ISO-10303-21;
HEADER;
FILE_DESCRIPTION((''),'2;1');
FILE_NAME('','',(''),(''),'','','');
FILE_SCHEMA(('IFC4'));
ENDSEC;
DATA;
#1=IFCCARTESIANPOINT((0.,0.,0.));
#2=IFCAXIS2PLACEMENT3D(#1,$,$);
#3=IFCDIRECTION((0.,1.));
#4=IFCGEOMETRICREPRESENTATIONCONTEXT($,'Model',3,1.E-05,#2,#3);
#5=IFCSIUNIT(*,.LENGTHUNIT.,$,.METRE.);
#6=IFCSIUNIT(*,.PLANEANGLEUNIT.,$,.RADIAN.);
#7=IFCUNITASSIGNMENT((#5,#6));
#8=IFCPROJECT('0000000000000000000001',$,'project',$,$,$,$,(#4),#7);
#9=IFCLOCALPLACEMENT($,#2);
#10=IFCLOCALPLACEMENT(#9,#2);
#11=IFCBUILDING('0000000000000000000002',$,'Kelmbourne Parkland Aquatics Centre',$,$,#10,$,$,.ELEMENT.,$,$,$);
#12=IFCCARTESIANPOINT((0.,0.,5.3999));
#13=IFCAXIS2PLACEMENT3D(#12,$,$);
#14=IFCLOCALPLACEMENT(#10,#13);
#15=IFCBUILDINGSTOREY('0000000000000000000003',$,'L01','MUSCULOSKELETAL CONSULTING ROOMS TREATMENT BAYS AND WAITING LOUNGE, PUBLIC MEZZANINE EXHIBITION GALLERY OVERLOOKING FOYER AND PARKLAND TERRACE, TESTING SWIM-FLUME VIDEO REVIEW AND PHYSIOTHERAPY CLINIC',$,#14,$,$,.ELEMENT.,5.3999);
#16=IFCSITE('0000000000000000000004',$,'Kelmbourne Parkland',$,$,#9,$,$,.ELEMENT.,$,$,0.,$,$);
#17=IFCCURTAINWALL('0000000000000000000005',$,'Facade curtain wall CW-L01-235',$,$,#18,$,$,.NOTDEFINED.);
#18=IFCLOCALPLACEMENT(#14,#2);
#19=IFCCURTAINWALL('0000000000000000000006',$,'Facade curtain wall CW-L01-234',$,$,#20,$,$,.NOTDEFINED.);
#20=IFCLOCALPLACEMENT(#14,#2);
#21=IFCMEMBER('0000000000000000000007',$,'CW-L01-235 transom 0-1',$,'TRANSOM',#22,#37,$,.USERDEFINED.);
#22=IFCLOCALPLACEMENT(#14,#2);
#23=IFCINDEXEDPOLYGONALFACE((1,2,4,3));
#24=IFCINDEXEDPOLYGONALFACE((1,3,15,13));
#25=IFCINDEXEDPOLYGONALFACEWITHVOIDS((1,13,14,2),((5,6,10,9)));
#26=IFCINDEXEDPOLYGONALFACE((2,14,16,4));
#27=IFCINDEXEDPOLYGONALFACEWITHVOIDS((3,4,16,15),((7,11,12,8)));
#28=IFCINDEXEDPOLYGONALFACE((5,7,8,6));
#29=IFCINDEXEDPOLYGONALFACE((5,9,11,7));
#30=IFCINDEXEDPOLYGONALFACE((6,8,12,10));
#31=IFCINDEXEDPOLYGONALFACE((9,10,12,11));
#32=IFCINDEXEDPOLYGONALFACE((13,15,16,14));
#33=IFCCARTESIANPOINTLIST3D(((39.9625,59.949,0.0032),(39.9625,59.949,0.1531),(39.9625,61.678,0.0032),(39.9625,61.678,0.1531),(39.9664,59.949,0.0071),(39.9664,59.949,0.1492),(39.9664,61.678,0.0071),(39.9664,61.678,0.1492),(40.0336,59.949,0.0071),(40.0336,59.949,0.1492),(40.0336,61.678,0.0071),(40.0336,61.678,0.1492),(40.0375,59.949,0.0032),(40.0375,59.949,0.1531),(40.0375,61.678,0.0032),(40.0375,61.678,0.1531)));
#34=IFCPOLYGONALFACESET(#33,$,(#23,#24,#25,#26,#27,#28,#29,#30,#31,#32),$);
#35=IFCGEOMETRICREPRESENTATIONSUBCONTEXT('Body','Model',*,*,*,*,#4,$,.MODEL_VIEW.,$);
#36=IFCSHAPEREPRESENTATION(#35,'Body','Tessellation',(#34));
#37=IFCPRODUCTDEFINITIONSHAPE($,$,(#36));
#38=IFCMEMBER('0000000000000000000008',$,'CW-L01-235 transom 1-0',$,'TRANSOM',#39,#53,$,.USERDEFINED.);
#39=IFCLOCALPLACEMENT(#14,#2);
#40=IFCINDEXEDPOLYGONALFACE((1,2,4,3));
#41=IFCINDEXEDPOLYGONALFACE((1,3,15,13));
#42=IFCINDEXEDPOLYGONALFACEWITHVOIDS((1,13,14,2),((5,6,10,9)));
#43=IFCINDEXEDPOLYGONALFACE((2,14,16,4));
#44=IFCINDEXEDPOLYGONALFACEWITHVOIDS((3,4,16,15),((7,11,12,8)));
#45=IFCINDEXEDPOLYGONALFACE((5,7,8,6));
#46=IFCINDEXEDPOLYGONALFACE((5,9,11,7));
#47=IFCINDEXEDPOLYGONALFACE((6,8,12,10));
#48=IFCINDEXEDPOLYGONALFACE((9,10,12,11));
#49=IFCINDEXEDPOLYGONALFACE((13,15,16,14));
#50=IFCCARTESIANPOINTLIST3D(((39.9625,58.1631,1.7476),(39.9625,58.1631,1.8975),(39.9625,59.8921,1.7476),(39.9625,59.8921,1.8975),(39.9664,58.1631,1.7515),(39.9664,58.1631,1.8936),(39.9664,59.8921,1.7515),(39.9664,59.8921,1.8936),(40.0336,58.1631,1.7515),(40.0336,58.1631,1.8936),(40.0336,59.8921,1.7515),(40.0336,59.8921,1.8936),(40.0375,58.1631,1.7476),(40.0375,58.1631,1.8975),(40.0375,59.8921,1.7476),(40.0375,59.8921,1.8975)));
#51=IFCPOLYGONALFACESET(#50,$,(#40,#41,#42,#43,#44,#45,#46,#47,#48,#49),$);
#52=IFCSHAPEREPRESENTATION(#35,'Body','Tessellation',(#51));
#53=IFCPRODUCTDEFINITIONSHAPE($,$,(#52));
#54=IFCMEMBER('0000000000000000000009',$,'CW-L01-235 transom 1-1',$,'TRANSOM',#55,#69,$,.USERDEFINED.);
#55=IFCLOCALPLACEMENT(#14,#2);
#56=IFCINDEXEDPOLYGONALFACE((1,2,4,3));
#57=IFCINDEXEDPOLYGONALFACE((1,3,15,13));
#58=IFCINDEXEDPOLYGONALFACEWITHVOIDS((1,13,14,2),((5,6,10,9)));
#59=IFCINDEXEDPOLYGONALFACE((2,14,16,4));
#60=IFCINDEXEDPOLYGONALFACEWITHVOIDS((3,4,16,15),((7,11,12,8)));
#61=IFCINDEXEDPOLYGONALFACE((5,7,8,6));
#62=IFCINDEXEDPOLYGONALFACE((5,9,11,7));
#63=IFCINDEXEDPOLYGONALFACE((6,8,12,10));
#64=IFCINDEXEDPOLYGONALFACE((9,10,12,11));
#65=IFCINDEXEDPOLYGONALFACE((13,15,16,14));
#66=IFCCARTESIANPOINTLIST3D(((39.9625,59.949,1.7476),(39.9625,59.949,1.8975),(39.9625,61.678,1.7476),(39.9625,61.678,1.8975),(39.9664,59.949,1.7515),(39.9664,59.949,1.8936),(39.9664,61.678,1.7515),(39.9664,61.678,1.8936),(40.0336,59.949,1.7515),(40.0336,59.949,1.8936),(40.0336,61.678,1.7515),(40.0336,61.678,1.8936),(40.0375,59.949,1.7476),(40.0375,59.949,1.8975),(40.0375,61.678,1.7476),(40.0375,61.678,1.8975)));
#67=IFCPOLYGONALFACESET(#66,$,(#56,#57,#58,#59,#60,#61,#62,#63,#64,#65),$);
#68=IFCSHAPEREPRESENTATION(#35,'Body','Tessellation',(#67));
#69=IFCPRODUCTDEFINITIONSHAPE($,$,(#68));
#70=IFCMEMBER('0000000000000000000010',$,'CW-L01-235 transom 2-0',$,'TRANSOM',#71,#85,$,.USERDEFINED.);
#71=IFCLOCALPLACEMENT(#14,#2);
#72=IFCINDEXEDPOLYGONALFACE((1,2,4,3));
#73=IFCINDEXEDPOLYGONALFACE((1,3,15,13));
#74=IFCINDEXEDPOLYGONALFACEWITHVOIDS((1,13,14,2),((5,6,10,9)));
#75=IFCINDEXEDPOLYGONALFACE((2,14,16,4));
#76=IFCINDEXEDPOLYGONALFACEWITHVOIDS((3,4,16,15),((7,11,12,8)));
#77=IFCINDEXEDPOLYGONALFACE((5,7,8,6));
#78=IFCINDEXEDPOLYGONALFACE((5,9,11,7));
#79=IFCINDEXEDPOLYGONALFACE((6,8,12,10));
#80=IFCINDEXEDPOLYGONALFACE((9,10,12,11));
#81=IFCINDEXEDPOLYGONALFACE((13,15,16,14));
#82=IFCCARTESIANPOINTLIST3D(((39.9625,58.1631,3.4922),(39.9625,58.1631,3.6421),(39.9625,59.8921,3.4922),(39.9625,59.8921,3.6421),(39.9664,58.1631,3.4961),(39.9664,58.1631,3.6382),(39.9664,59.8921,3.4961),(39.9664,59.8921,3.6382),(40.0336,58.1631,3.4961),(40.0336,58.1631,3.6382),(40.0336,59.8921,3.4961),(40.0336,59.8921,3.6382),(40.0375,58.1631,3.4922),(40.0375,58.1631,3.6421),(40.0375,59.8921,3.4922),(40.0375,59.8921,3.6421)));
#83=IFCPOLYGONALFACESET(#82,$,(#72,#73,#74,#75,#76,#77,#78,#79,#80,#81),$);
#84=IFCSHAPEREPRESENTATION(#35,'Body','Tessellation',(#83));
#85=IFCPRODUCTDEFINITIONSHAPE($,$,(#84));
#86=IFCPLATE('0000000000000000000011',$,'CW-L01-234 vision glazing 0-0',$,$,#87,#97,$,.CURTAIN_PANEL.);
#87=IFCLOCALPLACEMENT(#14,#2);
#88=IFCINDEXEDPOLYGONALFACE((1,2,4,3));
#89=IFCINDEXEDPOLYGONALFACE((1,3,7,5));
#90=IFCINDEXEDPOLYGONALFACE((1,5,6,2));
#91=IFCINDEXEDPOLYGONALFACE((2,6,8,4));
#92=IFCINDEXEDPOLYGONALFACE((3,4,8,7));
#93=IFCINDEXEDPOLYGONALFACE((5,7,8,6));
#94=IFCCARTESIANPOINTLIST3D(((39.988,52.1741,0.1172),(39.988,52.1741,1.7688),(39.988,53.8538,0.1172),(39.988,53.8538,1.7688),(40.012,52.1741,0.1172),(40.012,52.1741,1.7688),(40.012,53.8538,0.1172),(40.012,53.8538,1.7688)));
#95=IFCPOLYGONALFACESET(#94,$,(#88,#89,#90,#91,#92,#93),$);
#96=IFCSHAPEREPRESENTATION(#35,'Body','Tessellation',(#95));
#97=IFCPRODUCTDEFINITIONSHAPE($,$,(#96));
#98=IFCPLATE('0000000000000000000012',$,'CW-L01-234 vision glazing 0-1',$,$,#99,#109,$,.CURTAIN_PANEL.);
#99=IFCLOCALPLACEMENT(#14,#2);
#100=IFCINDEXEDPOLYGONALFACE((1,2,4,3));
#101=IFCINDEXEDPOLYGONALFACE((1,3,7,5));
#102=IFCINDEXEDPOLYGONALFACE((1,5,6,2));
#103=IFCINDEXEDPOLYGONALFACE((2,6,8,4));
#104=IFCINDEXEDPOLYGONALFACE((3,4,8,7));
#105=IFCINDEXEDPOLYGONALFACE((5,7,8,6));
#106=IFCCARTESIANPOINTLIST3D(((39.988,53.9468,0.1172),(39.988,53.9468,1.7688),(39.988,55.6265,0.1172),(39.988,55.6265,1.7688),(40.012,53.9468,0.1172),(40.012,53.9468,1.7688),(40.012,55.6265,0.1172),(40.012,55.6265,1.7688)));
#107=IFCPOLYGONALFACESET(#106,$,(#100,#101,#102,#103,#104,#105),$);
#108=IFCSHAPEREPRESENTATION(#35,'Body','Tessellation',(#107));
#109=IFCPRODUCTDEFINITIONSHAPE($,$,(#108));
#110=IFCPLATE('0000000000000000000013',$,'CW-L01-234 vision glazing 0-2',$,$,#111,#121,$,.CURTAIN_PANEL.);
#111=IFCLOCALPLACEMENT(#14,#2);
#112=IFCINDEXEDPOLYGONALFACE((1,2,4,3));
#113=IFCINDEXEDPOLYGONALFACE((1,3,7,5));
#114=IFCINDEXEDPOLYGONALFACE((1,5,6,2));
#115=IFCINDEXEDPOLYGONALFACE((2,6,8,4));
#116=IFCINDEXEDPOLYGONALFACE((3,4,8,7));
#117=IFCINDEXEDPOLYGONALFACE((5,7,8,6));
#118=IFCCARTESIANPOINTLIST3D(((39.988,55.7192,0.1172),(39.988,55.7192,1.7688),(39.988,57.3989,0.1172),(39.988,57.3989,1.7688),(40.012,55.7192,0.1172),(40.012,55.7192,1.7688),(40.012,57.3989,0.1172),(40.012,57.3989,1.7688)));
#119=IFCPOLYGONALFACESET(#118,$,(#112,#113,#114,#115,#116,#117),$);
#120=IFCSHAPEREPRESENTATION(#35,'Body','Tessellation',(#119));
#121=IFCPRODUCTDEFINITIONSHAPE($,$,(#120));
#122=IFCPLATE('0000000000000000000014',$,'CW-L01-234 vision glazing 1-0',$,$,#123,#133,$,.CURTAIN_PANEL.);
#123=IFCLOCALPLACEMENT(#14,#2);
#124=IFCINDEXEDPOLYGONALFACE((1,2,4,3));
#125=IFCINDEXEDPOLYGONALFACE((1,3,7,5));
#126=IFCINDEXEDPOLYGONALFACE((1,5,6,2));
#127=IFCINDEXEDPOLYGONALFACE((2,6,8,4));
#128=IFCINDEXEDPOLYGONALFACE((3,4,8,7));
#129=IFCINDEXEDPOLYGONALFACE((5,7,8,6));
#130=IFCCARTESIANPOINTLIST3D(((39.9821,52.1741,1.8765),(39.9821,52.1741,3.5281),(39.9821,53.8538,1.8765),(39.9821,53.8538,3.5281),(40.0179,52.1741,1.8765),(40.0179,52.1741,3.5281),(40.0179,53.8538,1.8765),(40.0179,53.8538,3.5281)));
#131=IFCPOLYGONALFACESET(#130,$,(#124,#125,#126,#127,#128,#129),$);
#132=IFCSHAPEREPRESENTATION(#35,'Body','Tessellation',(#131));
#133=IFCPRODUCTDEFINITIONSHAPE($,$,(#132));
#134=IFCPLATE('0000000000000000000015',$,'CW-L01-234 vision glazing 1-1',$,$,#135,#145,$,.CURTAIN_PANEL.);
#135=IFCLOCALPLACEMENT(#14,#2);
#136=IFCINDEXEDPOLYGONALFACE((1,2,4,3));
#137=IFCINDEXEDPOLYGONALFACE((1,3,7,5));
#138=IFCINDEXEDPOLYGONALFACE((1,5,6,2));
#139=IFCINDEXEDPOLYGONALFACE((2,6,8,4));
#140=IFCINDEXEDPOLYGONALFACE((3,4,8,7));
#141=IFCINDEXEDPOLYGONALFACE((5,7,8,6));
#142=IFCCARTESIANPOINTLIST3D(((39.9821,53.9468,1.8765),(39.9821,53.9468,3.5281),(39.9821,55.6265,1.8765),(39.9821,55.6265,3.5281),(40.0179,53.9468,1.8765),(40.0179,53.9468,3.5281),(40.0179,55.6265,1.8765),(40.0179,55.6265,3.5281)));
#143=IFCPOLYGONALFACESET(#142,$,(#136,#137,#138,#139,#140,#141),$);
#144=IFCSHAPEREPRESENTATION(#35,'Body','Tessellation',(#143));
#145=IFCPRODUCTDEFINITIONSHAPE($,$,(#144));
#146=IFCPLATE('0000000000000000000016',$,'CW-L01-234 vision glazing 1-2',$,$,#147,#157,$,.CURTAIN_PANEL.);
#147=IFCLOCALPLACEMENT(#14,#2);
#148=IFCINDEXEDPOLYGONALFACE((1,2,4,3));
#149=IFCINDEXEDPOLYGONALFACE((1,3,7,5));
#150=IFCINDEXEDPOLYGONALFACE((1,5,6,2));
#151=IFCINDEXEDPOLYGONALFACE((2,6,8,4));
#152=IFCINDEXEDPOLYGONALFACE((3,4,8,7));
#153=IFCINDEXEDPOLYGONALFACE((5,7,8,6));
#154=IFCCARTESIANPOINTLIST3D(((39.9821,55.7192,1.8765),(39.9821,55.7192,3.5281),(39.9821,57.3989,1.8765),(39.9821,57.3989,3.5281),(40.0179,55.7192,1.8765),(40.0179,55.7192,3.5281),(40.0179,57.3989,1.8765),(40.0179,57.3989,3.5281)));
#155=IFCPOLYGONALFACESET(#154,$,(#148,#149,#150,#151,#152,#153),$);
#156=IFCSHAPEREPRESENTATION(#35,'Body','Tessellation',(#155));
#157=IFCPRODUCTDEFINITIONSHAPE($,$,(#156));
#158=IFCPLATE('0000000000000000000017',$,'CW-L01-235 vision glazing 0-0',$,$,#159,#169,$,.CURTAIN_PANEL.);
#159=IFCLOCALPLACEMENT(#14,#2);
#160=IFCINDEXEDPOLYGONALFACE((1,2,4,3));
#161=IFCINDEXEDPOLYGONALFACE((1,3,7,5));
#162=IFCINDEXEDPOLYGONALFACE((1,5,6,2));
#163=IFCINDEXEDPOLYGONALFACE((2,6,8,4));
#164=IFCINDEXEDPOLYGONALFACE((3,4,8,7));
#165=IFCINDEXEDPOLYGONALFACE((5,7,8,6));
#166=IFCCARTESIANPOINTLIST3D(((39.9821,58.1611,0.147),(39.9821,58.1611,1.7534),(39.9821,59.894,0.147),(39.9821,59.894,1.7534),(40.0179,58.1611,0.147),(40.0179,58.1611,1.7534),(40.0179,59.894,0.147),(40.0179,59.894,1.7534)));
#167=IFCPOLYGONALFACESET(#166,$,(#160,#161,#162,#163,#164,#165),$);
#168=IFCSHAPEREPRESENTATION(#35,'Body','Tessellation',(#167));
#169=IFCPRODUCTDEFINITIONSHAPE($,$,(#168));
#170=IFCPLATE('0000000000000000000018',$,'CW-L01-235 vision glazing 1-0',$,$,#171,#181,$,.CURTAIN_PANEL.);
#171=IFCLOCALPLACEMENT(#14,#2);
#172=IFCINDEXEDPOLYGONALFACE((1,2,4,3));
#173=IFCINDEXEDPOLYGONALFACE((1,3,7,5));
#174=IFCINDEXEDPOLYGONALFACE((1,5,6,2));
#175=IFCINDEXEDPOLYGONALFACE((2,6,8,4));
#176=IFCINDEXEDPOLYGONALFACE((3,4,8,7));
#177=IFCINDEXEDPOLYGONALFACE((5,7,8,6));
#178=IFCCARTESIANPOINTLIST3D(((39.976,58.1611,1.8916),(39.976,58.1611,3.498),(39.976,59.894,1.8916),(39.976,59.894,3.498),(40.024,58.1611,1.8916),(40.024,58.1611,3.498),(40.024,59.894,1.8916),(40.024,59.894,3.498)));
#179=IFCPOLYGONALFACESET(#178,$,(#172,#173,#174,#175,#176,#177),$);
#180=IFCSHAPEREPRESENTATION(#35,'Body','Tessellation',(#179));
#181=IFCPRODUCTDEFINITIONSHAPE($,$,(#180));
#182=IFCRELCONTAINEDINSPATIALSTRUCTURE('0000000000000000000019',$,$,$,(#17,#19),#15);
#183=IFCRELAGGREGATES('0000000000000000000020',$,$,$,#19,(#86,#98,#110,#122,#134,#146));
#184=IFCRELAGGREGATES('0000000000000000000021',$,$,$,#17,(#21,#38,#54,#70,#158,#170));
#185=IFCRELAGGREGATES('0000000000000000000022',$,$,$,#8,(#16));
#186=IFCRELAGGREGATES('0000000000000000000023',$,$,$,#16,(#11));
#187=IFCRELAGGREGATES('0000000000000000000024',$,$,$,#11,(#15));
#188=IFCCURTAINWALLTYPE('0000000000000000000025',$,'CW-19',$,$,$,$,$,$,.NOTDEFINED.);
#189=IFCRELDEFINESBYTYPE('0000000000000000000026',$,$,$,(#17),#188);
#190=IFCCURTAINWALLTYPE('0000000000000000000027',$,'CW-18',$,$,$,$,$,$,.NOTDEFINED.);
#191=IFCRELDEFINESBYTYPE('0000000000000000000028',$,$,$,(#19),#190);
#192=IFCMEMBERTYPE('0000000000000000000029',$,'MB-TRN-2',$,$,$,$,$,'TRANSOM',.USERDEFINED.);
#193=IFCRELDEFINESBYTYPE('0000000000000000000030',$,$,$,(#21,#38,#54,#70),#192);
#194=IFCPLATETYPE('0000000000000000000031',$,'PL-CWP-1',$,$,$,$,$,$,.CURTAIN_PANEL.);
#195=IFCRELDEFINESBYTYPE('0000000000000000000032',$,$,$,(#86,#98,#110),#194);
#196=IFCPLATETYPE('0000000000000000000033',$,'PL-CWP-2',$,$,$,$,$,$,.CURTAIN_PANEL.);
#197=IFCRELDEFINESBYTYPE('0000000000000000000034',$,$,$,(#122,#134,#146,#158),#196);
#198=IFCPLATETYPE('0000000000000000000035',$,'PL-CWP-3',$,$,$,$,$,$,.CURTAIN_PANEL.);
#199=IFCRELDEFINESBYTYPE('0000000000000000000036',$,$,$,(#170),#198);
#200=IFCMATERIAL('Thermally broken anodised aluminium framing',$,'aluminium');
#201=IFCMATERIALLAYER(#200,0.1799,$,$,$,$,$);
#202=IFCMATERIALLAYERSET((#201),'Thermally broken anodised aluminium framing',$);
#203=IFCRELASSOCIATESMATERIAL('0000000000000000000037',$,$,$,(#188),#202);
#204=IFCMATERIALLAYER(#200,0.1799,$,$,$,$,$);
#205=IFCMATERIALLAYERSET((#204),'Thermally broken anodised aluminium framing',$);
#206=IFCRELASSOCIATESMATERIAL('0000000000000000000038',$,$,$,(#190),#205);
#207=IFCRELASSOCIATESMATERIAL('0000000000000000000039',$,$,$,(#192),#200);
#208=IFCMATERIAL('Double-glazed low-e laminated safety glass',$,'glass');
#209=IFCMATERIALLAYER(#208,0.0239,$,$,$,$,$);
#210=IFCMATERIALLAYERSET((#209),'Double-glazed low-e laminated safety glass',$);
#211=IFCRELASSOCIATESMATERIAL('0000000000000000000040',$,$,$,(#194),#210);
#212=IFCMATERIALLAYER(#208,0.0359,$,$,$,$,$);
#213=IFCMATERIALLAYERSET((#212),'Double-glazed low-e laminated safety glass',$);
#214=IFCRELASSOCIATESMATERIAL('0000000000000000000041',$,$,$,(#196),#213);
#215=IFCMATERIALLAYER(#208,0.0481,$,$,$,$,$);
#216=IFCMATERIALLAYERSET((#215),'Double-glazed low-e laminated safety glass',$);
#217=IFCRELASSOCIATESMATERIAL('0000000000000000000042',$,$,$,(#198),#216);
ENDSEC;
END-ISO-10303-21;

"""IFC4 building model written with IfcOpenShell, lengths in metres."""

from ifc_helpers import new_model, si_unit, direction, frame, origin, origin_2d, place, context, subcontext, project, spatial, rectangle, hollow_rectangle, extrude, material, layer, layer_set, material_profile, profile_set, type_object, element, aggregate, save


model = new_model("IFC4")

# Units and contexts
model_context = context("Model", 3, precision=1e-05, world=origin(), true_north=direction((0.0, 1.0)))
body_context = subcontext(model_context, "Body", "Model", "MODEL_VIEW")
ifc_project = project(units=[si_unit("LENGTHUNIT", "METRE"), si_unit("PLANEANGLEUNIT", "RADIAN")], contexts=[model_context])

# Site, building, storey
site_placement = place(None, origin())
site = spatial("IfcSite", under=ifc_project, at=site_placement, Name="Kelmbourne Parkland", CompositionType="ELEMENT", RefElevation=0.0)
building_placement = place(site_placement, origin())
building = spatial("IfcBuilding", under=site, at=building_placement, Name="Kelmbourne Parkland Aquatics Centre", CompositionType="ELEMENT")
storey_placement = place(building_placement, frame((0.0, 0.0, 5.3999)))
storey = spatial("IfcBuildingStorey", under=building, at=storey_placement, Name="L01", Description="MUSCULOSKELETAL CONSULTING ROOMS TREATMENT BAYS AND WAITING LOUNGE, PUBLIC MEZZANINE EXHIBITION GALLERY OVERLOOKING FOYER AND PARKLAND TERRACE, TESTING SWIM-FLUME VIDEO REVIEW AND PHYSIOTHERAPY CLINIC", CompositionType="ELEMENT", Elevation=5.3999)

# Curtain walls
ifc_material_1 = material(Name="Thermally broken anodised aluminium framing", Category="aluminium")
ifc_layer_1 = layer(ifc_material_1, 0.1799)
ifc_layer_set_1 = layer_set([ifc_layer_1], Name="Thermally broken anodised aluminium framing")
curtain_wall_type_1 = type_object("IfcCurtainWallType", Name="CW-19", PredefinedType="NOTDEFINED", material=ifc_layer_set_1)
curtain_wall_1_placement = place(storey_placement, origin())
curtain_wall_1 = element("IfcCurtainWall", 1, at=curtain_wall_1_placement, inside=storey, type_object=curtain_wall_type_1, Name="Facade curtain wall CW-L01-235", PredefinedType="NOTDEFINED")
ifc_layer_2 = layer(ifc_material_1, 0.1799)
ifc_layer_set_2 = layer_set([ifc_layer_2], Name="Thermally broken anodised aluminium framing")
curtain_wall_type_2 = type_object("IfcCurtainWallType", Name="CW-18", PredefinedType="NOTDEFINED", material=ifc_layer_set_2)
curtain_wall_2_placement = place(storey_placement, origin())
curtain_wall_2 = element("IfcCurtainWall", 2, at=curtain_wall_2_placement, inside=storey, type_object=curtain_wall_type_2, Name="Facade curtain wall CW-L01-234", PredefinedType="NOTDEFINED")

# Members
ifc_material_profile_1 = material_profile(ifc_material_1, hollow_rectangle(XDim=0.075, YDim=0.1499, WallThickness=0.0039, at=origin_2d()), Name="CW-T 75x150")
ifc_profile_set_1 = profile_set([ifc_material_profile_1], Name="Thermally broken anodised aluminium framing")
member_type_1 = type_object("IfcMemberType", Name="MB-TRN-2", ElementType="TRANSOM", PredefinedType="USERDEFINED", material=ifc_profile_set_1)
member_1_placement = place(storey_placement, frame((40.0, 59.949, 0.0781), z_axis=(0.0, 1.0, 0.0), x_axis=(-1.0, 0.0, 0.0)))
member_1 = element("IfcMember", 3, at=member_1_placement, type_object=member_type_1, Name="CW-L01-235 transom 0-1", ObjectType="TRANSOM", PredefinedType="USERDEFINED", context=body_context, shape_type="SweptSolid", body=[
    extrude(hollow_rectangle(XDim=0.075, YDim=0.1499, WallThickness=0.0039, at=origin_2d()), origin(), (0.0, 0.0, 1.0), 1.729),
])
member_2_placement = place(storey_placement, frame((40.0, 58.1631, 1.8225), z_axis=(0.0, 1.0, 0.0), x_axis=(-1.0, 0.0, 0.0)))
member_2 = element("IfcMember", 4, at=member_2_placement, type_object=member_type_1, Name="CW-L01-235 transom 1-0", ObjectType="TRANSOM", PredefinedType="USERDEFINED", context=body_context, shape_type="SweptSolid", body=[
    extrude(hollow_rectangle(XDim=0.075, YDim=0.1499, WallThickness=0.0039, at=origin_2d()), origin(), (0.0, 0.0, 1.0), 1.729),
])
member_3_placement = place(storey_placement, frame((40.0, 59.949, 1.8225), z_axis=(0.0, 1.0, 0.0), x_axis=(-1.0, 0.0, 0.0)))
member_3 = element("IfcMember", 5, at=member_3_placement, type_object=member_type_1, Name="CW-L01-235 transom 1-1", ObjectType="TRANSOM", PredefinedType="USERDEFINED", context=body_context, shape_type="SweptSolid", body=[
    extrude(hollow_rectangle(XDim=0.075, YDim=0.1499, WallThickness=0.0039, at=origin_2d()), origin(), (0.0, 0.0, 1.0), 1.729),
])
member_4_placement = place(storey_placement, frame((40.0, 58.1631, 3.5671), z_axis=(0.0, 1.0, 0.0), x_axis=(-1.0, 0.0, 0.0)))
member_4 = element("IfcMember", 6, at=member_4_placement, type_object=member_type_1, Name="CW-L01-235 transom 2-0", ObjectType="TRANSOM", PredefinedType="USERDEFINED", context=body_context, shape_type="SweptSolid", body=[
    extrude(hollow_rectangle(XDim=0.075, YDim=0.1499, WallThickness=0.0039, at=origin_2d()), origin(), (0.0, 0.0, 1.0), 1.729),
])

# Plates
ifc_material_2 = material(Name="Double-glazed low-e laminated safety glass", Category="glass")
ifc_layer_3 = layer(ifc_material_2, 0.0239)
ifc_layer_set_3 = layer_set([ifc_layer_3], Name="Double-glazed low-e laminated safety glass")
plate_type_1 = type_object("IfcPlateType", Name="PL-CWP-1", PredefinedType="CURTAIN_PANEL", material=ifc_layer_set_3)
plate_1_placement = place(storey_placement, frame((40.0, 53.0139, 0.1172), z_axis=(0.0, 0.0, 1.0), x_axis=(0.0, 1.0, 0.0)))
plate_1 = element("IfcPlate", 7, at=plate_1_placement, type_object=plate_type_1, Name="CW-L01-234 vision glazing 0-0", PredefinedType="CURTAIN_PANEL", context=body_context, shape_type="SweptSolid", body=[
    extrude(rectangle(XDim=1.6797, YDim=0.0239, at=origin_2d()), origin(), (0.0, 0.0, 1.0), 1.6516),
])
plate_2_placement = place(storey_placement, frame((40.0, 54.7866, 0.1172), z_axis=(0.0, 0.0, 1.0), x_axis=(0.0, 1.0, 0.0)))
plate_2 = element("IfcPlate", 8, at=plate_2_placement, type_object=plate_type_1, Name="CW-L01-234 vision glazing 0-1", PredefinedType="CURTAIN_PANEL", context=body_context, shape_type="SweptSolid", body=[
    extrude(rectangle(XDim=1.6797, YDim=0.0239, at=origin_2d()), origin(), (0.0, 0.0, 1.0), 1.6516),
])
plate_3_placement = place(storey_placement, frame((40.0, 56.5591, 0.1172), z_axis=(0.0, 0.0, 1.0), x_axis=(0.0, 1.0, 0.0)))
plate_3 = element("IfcPlate", 9, at=plate_3_placement, type_object=plate_type_1, Name="CW-L01-234 vision glazing 0-2", PredefinedType="CURTAIN_PANEL", context=body_context, shape_type="SweptSolid", body=[
    extrude(rectangle(XDim=1.6797, YDim=0.0239, at=origin_2d()), origin(), (0.0, 0.0, 1.0), 1.6516),
])
ifc_layer_4 = layer(ifc_material_2, 0.0359)
ifc_layer_set_4 = layer_set([ifc_layer_4], Name="Double-glazed low-e laminated safety glass")
plate_type_2 = type_object("IfcPlateType", Name="PL-CWP-2", PredefinedType="CURTAIN_PANEL", material=ifc_layer_set_4)
plate_4_placement = place(storey_placement, frame((40.0, 53.0139, 1.8765), z_axis=(0.0, 0.0, 1.0), x_axis=(0.0, 1.0, 0.0)))
plate_4 = element("IfcPlate", 10, at=plate_4_placement, type_object=plate_type_2, Name="CW-L01-234 vision glazing 1-0", PredefinedType="CURTAIN_PANEL", context=body_context, shape_type="SweptSolid", body=[
    extrude(rectangle(XDim=1.6797, YDim=0.0359, at=origin_2d()), origin(), (0.0, 0.0, 1.0), 1.6516),
])
plate_5_placement = place(storey_placement, frame((40.0, 54.7866, 1.8765), z_axis=(0.0, 0.0, 1.0), x_axis=(0.0, 1.0, 0.0)))
plate_5 = element("IfcPlate", 11, at=plate_5_placement, type_object=plate_type_2, Name="CW-L01-234 vision glazing 1-1", PredefinedType="CURTAIN_PANEL", context=body_context, shape_type="SweptSolid", body=[
    extrude(rectangle(XDim=1.6797, YDim=0.0359, at=origin_2d()), origin(), (0.0, 0.0, 1.0), 1.6516),
])
plate_6_placement = place(storey_placement, frame((40.0, 56.5591, 1.8765), z_axis=(0.0, 0.0, 1.0), x_axis=(0.0, 1.0, 0.0)))
plate_6 = element("IfcPlate", 12, at=plate_6_placement, type_object=plate_type_2, Name="CW-L01-234 vision glazing 1-2", PredefinedType="CURTAIN_PANEL", context=body_context, shape_type="SweptSolid", body=[
    extrude(rectangle(XDim=1.6797, YDim=0.0359, at=origin_2d()), origin(), (0.0, 0.0, 1.0), 1.6516),
])
aggregate(curtain_wall_2, [plate_1, plate_2, plate_3, plate_4, plate_5, plate_6])
plate_7_placement = place(storey_placement, frame((40.0, 59.0276, 0.147), z_axis=(0.0, 0.0, 1.0), x_axis=(0.0, 1.0, 0.0)))
plate_7 = element("IfcPlate", 13, at=plate_7_placement, type_object=plate_type_2, Name="CW-L01-235 vision glazing 0-0", PredefinedType="CURTAIN_PANEL", context=body_context, shape_type="SweptSolid", body=[
    extrude(rectangle(XDim=1.7329, YDim=0.0359, at=origin_2d()), origin(), (0.0, 0.0, 1.0), 1.6064),
])
ifc_layer_5 = layer(ifc_material_2, 0.0481)
ifc_layer_set_5 = layer_set([ifc_layer_5], Name="Double-glazed low-e laminated safety glass")
plate_type_3 = type_object("IfcPlateType", Name="PL-CWP-3", PredefinedType="CURTAIN_PANEL", material=ifc_layer_set_5)
plate_8_placement = place(storey_placement, frame((40.0, 59.0276, 1.8916), z_axis=(0.0, 0.0, 1.0), x_axis=(0.0, 1.0, 0.0)))
plate_8 = element("IfcPlate", 14, at=plate_8_placement, type_object=plate_type_3, Name="CW-L01-235 vision glazing 1-0", PredefinedType="CURTAIN_PANEL", context=body_context, shape_type="SweptSolid", body=[
    extrude(rectangle(XDim=1.7329, YDim=0.0481, at=origin_2d()), origin(), (0.0, 0.0, 1.0), 1.6064),
])
aggregate(curtain_wall_1, [member_1, member_2, member_3, member_4, plate_7, plate_8])

save(model, "model.ifc")
